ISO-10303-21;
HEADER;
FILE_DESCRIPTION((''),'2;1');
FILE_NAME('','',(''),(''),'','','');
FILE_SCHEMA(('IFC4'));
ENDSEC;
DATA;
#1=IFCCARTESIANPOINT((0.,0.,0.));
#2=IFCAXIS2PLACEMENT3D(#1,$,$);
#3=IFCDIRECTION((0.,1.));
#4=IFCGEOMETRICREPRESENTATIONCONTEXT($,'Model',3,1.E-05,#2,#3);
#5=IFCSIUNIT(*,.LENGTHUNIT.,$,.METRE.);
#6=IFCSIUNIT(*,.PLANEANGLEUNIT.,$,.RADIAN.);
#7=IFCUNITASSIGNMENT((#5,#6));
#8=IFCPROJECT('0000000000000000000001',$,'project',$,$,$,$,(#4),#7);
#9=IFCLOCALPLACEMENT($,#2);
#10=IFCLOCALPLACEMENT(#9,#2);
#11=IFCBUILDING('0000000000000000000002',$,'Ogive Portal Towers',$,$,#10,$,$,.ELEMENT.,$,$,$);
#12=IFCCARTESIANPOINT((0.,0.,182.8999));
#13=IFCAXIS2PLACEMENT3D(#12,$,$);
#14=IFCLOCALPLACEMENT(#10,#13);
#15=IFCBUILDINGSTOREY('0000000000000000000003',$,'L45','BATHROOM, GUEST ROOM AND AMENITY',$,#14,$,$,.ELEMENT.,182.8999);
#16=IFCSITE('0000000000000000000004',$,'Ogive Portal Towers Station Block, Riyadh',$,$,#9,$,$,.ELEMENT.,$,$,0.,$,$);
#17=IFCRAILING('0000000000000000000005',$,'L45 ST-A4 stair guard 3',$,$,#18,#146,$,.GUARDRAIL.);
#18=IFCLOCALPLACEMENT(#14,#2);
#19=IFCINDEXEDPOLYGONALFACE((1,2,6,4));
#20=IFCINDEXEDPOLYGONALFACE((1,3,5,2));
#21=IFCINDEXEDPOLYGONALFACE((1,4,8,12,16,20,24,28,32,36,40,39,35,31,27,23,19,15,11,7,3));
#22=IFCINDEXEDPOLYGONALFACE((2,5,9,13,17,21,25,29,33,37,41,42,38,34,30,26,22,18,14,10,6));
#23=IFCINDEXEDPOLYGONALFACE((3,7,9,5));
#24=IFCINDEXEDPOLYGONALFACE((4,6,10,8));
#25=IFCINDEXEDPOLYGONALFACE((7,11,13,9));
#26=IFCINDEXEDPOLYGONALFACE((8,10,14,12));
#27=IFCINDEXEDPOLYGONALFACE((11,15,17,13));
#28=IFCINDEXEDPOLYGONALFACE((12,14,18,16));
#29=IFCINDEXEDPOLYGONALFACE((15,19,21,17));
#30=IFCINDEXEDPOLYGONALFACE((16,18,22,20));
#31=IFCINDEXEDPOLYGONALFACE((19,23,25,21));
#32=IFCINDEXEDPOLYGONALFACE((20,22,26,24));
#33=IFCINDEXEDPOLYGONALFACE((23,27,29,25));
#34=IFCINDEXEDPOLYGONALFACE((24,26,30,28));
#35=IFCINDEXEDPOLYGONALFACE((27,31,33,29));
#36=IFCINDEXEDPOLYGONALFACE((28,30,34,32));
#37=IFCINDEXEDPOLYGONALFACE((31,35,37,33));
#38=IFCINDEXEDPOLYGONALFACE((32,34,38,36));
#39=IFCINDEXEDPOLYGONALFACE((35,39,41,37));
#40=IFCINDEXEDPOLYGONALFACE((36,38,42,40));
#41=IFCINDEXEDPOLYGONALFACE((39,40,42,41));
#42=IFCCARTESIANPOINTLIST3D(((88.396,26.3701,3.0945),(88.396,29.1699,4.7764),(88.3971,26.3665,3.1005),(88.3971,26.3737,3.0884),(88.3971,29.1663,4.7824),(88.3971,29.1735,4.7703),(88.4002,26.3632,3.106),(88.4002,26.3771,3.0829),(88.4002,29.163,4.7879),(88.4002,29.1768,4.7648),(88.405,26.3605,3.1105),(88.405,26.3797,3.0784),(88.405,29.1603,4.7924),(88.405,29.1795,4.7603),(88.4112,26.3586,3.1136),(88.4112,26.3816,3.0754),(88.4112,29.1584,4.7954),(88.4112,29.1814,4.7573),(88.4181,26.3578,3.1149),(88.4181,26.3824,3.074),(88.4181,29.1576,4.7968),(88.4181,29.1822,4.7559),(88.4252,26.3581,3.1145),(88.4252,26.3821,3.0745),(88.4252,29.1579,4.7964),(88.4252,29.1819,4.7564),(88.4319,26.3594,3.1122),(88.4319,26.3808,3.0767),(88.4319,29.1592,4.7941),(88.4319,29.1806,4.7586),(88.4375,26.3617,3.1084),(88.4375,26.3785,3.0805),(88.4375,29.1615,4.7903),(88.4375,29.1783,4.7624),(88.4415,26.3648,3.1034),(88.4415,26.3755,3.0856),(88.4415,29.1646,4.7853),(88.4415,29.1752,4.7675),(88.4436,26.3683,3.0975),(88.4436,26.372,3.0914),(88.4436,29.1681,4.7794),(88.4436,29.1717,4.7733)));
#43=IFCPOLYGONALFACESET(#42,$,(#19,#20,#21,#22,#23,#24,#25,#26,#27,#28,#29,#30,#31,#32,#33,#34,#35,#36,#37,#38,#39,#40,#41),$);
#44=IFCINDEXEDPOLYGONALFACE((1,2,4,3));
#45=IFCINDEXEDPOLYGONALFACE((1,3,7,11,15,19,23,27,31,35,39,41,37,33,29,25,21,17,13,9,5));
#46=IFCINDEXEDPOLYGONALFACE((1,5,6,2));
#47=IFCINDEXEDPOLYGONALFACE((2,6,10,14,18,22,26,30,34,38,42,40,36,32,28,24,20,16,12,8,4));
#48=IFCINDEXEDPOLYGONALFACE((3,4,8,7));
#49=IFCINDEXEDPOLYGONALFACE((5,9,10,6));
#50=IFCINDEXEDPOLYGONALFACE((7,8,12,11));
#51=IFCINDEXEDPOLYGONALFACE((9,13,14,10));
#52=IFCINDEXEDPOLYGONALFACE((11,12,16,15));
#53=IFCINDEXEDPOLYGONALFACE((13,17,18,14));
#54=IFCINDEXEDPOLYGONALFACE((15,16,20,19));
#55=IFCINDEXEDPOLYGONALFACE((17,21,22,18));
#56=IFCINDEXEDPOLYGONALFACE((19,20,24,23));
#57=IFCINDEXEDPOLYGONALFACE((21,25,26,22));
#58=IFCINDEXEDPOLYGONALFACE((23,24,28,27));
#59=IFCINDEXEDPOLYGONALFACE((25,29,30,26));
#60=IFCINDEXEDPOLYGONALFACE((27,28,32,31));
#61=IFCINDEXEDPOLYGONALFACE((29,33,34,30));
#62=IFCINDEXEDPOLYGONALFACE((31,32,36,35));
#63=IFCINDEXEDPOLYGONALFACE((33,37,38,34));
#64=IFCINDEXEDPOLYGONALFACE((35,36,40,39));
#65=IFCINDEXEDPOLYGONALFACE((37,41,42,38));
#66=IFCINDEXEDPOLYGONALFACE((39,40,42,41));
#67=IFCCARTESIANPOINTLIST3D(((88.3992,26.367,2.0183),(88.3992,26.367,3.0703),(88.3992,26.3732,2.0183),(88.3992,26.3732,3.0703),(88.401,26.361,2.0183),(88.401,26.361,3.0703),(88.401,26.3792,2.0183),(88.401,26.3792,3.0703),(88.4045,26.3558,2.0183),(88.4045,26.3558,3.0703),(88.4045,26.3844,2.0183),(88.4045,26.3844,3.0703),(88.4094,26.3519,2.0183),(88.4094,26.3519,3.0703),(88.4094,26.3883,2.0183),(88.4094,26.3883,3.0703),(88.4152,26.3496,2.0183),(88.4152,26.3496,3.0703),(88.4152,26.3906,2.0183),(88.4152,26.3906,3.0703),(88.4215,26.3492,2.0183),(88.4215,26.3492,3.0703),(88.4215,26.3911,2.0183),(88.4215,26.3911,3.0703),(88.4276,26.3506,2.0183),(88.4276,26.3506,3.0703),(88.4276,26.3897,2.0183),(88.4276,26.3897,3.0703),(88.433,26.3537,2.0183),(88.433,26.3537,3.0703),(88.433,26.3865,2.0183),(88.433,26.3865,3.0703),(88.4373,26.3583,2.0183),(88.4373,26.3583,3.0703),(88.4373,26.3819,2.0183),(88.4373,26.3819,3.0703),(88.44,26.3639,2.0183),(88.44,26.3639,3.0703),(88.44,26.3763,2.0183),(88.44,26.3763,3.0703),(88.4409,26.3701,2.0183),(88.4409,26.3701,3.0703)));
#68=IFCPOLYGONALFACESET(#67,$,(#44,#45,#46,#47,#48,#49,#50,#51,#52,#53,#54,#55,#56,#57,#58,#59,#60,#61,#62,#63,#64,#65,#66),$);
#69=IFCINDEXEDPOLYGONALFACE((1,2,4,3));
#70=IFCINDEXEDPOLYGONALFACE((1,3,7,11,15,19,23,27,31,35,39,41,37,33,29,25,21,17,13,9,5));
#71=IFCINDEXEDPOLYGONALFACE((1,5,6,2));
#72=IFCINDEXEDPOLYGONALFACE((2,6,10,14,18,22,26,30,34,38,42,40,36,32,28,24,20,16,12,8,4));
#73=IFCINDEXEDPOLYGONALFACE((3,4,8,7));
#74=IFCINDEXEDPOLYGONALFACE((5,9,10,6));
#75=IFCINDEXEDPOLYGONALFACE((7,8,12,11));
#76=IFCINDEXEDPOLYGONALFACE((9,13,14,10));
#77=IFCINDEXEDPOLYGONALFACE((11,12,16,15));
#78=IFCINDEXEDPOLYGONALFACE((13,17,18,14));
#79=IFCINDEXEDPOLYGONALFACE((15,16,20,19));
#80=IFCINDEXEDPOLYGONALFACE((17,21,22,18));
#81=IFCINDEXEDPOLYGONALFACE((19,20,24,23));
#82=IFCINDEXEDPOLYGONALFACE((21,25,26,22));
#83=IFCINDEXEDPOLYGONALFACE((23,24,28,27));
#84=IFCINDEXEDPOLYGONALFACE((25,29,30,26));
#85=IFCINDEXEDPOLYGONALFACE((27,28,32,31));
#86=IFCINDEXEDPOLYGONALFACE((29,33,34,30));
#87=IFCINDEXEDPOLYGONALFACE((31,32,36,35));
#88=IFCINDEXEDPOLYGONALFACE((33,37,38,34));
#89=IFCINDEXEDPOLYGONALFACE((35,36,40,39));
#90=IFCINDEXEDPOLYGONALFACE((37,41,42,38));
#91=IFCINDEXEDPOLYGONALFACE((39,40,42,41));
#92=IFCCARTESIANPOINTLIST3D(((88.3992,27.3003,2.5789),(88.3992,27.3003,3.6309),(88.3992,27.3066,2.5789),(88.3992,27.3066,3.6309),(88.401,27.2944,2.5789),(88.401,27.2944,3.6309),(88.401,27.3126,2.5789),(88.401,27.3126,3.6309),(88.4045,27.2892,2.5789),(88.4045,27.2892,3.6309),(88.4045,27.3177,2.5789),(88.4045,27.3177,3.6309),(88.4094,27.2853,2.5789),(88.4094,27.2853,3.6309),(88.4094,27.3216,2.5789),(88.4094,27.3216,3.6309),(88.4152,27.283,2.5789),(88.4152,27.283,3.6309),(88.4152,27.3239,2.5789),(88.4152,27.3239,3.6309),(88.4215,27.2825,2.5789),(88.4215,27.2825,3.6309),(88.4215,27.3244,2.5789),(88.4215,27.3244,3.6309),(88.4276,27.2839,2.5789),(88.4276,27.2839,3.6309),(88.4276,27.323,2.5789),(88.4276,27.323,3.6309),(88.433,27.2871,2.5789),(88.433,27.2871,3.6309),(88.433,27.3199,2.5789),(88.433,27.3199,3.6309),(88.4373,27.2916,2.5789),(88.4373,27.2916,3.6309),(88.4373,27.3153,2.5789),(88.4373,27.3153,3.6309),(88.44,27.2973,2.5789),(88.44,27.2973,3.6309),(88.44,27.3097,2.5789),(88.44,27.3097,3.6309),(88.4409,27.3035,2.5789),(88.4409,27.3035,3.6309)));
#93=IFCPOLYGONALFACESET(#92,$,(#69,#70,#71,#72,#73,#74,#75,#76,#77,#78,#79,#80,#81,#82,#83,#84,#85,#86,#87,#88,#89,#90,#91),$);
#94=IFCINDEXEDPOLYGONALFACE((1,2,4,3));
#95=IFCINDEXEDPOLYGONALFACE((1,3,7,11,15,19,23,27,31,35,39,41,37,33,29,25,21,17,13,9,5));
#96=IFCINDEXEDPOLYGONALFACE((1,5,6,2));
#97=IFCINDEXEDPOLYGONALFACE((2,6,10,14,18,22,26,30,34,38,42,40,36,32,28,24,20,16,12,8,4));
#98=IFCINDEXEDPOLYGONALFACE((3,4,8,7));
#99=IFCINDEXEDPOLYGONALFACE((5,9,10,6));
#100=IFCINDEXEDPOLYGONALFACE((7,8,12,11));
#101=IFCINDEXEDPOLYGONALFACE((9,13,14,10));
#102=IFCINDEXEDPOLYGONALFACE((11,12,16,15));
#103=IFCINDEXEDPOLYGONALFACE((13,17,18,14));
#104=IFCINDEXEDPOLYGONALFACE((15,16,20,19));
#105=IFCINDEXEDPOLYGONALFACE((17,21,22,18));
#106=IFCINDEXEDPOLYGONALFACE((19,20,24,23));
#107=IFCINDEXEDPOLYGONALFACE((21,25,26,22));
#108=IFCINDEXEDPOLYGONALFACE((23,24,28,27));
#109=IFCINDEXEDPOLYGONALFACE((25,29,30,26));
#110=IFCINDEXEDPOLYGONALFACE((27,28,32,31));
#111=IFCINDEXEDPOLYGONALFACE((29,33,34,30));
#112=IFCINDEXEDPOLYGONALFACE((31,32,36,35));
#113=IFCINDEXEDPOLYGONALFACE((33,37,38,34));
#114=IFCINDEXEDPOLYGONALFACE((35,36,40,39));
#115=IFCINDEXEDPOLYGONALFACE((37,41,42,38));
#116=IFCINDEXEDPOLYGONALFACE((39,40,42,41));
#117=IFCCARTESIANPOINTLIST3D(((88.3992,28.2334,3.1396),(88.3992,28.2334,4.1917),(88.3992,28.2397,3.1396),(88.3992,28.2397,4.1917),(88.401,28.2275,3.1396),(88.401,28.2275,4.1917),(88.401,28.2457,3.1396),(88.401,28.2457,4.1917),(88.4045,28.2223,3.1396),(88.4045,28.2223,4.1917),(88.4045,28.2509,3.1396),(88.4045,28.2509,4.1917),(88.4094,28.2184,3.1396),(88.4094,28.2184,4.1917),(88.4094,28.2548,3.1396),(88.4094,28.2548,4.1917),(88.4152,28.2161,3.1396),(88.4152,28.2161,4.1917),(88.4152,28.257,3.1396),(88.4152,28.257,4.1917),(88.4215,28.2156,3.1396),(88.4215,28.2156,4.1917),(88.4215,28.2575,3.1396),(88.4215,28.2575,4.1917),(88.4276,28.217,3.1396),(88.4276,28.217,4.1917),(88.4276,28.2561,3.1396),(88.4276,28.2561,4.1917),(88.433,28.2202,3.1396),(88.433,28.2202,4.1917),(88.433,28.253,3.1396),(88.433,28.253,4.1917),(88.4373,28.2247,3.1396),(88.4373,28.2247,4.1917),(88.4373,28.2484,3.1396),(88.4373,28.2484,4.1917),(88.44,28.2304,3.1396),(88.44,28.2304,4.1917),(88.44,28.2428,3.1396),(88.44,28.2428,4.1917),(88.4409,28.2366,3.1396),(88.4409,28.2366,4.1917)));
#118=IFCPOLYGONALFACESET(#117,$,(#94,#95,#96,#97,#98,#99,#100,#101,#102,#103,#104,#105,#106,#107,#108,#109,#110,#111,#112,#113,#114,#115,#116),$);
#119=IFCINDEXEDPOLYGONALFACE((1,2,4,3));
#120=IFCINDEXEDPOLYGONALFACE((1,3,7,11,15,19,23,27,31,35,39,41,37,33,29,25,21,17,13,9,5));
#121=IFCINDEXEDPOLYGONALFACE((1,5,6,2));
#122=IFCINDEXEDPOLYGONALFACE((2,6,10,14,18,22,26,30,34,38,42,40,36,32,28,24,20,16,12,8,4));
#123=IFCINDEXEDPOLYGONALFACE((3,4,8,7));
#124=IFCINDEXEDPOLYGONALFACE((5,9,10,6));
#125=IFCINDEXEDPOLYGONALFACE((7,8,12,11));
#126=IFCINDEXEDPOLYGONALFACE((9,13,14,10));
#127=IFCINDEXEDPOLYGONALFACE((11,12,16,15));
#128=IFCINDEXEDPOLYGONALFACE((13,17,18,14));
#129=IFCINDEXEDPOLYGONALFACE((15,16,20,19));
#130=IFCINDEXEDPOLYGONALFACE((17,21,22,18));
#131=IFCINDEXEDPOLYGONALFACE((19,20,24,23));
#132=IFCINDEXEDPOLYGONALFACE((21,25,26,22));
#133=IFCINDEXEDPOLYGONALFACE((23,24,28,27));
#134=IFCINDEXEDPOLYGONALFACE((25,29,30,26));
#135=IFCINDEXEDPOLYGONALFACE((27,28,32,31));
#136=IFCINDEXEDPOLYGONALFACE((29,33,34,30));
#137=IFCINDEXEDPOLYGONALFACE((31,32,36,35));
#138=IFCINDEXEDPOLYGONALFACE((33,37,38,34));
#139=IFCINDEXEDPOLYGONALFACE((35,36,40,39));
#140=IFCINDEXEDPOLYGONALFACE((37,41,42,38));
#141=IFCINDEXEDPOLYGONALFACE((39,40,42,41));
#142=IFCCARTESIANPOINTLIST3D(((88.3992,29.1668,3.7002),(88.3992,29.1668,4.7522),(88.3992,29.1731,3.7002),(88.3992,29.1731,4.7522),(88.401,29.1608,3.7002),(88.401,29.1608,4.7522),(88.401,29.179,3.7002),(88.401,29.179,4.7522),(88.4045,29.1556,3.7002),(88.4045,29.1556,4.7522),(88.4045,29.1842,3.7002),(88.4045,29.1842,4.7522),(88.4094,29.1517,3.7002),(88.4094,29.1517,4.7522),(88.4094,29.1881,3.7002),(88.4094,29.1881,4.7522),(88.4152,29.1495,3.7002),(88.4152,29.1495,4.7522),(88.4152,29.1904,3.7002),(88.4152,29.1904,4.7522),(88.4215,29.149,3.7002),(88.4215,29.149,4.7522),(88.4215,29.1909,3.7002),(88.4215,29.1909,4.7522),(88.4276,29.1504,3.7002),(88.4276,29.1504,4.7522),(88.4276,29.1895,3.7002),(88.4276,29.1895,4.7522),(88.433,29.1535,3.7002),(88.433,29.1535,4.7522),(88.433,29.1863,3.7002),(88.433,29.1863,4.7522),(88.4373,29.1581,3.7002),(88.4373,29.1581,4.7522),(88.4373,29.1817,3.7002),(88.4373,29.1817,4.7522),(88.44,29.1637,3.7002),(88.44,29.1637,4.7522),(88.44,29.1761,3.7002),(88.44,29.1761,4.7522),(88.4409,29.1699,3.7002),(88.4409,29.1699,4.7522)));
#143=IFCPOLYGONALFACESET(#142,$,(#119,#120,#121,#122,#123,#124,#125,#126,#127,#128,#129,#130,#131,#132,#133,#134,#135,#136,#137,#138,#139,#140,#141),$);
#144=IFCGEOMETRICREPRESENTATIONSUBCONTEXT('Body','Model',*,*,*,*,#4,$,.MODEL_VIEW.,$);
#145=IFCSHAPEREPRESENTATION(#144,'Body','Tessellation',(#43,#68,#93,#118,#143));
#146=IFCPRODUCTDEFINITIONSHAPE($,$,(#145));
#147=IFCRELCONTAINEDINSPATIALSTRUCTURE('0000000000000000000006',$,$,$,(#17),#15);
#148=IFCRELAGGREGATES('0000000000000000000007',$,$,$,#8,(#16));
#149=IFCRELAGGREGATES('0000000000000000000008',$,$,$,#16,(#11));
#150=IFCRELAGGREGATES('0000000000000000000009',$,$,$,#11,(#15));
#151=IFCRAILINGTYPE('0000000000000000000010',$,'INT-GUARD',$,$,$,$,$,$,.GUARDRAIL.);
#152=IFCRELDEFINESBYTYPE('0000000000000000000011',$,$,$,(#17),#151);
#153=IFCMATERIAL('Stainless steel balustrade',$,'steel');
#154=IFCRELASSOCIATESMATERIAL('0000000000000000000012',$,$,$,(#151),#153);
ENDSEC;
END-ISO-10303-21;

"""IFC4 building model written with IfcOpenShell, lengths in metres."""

from ifc_helpers import new_model, si_unit, direction, frame, origin, origin_2d, place, context, subcontext, project, spatial, circle, extrude, material, type_object, element, save


model = new_model("IFC4")

# Units and contexts
model_context = context("Model", 3, precision=1e-05, world=origin(), true_north=direction((0.0, 1.0)))
body_context = subcontext(model_context, "Body", "Model", "MODEL_VIEW")
ifc_project = project(units=[si_unit("LENGTHUNIT", "METRE"), si_unit("PLANEANGLEUNIT", "RADIAN")], contexts=[model_context])

# Site, building, storey
site_placement = place(None, origin())
site = spatial("IfcSite", under=ifc_project, at=site_placement, Name="Ogive Portal Towers Station Block, Riyadh", CompositionType="ELEMENT", RefElevation=0.0)
building_placement = place(site_placement, origin())
building = spatial("IfcBuilding", under=site, at=building_placement, Name="Ogive Portal Towers", CompositionType="ELEMENT")
storey_placement = place(building_placement, frame((0.0, 0.0, 182.8999)))
storey = spatial("IfcBuildingStorey", under=building, at=storey_placement, Name="L45", Description="BATHROOM, GUEST ROOM AND AMENITY", CompositionType="ELEMENT", Elevation=182.8999)

# Railing
ifc_material_1 = material(Name="Stainless steel balustrade", Category="steel")
railing_type_1 = type_object("IfcRailingType", Name="INT-GUARD", PredefinedType="GUARDRAIL", material=ifc_material_1)
railing_1_placement = place(storey_placement, frame((88.4199, 26.3701, 2.0183)))
element("IfcRailing", 1, at=railing_1_placement, inside=storey, type_object=railing_type_1, Name="L45 ST-A4 stair guard 3", PredefinedType="GUARDRAIL", context=body_context, shape_type="SweptSolid", body=[
    extrude(circle(Radius=0.0239, at=origin_2d()), frame((0.0, 0.0, 1.0762), z_axis=(0.0, 0.857222, 0.514946), x_axis=(-1.0, 0.0, 0.0)), (0.0, 0.0, 1.0), 3.2661),
    extrude(circle(Radius=0.021, at=origin_2d()), origin(), (0.0, 0.0, 1.0), 1.052),
    extrude(circle(Radius=0.021, at=origin_2d()), frame((0.0, 0.9333, 0.5605)), (0.0, 0.0, 1.0), 1.052),
    extrude(circle(Radius=0.021, at=origin_2d()), frame((0.0, 1.8665, 1.1213)), (0.0, 0.0, 1.0), 1.052),
    extrude(circle(Radius=0.021, at=origin_2d()), frame((0.0, 2.7998, 1.6819)), (0.0, 0.0, 1.0), 1.052),
])

save(model, "model.ifc")
